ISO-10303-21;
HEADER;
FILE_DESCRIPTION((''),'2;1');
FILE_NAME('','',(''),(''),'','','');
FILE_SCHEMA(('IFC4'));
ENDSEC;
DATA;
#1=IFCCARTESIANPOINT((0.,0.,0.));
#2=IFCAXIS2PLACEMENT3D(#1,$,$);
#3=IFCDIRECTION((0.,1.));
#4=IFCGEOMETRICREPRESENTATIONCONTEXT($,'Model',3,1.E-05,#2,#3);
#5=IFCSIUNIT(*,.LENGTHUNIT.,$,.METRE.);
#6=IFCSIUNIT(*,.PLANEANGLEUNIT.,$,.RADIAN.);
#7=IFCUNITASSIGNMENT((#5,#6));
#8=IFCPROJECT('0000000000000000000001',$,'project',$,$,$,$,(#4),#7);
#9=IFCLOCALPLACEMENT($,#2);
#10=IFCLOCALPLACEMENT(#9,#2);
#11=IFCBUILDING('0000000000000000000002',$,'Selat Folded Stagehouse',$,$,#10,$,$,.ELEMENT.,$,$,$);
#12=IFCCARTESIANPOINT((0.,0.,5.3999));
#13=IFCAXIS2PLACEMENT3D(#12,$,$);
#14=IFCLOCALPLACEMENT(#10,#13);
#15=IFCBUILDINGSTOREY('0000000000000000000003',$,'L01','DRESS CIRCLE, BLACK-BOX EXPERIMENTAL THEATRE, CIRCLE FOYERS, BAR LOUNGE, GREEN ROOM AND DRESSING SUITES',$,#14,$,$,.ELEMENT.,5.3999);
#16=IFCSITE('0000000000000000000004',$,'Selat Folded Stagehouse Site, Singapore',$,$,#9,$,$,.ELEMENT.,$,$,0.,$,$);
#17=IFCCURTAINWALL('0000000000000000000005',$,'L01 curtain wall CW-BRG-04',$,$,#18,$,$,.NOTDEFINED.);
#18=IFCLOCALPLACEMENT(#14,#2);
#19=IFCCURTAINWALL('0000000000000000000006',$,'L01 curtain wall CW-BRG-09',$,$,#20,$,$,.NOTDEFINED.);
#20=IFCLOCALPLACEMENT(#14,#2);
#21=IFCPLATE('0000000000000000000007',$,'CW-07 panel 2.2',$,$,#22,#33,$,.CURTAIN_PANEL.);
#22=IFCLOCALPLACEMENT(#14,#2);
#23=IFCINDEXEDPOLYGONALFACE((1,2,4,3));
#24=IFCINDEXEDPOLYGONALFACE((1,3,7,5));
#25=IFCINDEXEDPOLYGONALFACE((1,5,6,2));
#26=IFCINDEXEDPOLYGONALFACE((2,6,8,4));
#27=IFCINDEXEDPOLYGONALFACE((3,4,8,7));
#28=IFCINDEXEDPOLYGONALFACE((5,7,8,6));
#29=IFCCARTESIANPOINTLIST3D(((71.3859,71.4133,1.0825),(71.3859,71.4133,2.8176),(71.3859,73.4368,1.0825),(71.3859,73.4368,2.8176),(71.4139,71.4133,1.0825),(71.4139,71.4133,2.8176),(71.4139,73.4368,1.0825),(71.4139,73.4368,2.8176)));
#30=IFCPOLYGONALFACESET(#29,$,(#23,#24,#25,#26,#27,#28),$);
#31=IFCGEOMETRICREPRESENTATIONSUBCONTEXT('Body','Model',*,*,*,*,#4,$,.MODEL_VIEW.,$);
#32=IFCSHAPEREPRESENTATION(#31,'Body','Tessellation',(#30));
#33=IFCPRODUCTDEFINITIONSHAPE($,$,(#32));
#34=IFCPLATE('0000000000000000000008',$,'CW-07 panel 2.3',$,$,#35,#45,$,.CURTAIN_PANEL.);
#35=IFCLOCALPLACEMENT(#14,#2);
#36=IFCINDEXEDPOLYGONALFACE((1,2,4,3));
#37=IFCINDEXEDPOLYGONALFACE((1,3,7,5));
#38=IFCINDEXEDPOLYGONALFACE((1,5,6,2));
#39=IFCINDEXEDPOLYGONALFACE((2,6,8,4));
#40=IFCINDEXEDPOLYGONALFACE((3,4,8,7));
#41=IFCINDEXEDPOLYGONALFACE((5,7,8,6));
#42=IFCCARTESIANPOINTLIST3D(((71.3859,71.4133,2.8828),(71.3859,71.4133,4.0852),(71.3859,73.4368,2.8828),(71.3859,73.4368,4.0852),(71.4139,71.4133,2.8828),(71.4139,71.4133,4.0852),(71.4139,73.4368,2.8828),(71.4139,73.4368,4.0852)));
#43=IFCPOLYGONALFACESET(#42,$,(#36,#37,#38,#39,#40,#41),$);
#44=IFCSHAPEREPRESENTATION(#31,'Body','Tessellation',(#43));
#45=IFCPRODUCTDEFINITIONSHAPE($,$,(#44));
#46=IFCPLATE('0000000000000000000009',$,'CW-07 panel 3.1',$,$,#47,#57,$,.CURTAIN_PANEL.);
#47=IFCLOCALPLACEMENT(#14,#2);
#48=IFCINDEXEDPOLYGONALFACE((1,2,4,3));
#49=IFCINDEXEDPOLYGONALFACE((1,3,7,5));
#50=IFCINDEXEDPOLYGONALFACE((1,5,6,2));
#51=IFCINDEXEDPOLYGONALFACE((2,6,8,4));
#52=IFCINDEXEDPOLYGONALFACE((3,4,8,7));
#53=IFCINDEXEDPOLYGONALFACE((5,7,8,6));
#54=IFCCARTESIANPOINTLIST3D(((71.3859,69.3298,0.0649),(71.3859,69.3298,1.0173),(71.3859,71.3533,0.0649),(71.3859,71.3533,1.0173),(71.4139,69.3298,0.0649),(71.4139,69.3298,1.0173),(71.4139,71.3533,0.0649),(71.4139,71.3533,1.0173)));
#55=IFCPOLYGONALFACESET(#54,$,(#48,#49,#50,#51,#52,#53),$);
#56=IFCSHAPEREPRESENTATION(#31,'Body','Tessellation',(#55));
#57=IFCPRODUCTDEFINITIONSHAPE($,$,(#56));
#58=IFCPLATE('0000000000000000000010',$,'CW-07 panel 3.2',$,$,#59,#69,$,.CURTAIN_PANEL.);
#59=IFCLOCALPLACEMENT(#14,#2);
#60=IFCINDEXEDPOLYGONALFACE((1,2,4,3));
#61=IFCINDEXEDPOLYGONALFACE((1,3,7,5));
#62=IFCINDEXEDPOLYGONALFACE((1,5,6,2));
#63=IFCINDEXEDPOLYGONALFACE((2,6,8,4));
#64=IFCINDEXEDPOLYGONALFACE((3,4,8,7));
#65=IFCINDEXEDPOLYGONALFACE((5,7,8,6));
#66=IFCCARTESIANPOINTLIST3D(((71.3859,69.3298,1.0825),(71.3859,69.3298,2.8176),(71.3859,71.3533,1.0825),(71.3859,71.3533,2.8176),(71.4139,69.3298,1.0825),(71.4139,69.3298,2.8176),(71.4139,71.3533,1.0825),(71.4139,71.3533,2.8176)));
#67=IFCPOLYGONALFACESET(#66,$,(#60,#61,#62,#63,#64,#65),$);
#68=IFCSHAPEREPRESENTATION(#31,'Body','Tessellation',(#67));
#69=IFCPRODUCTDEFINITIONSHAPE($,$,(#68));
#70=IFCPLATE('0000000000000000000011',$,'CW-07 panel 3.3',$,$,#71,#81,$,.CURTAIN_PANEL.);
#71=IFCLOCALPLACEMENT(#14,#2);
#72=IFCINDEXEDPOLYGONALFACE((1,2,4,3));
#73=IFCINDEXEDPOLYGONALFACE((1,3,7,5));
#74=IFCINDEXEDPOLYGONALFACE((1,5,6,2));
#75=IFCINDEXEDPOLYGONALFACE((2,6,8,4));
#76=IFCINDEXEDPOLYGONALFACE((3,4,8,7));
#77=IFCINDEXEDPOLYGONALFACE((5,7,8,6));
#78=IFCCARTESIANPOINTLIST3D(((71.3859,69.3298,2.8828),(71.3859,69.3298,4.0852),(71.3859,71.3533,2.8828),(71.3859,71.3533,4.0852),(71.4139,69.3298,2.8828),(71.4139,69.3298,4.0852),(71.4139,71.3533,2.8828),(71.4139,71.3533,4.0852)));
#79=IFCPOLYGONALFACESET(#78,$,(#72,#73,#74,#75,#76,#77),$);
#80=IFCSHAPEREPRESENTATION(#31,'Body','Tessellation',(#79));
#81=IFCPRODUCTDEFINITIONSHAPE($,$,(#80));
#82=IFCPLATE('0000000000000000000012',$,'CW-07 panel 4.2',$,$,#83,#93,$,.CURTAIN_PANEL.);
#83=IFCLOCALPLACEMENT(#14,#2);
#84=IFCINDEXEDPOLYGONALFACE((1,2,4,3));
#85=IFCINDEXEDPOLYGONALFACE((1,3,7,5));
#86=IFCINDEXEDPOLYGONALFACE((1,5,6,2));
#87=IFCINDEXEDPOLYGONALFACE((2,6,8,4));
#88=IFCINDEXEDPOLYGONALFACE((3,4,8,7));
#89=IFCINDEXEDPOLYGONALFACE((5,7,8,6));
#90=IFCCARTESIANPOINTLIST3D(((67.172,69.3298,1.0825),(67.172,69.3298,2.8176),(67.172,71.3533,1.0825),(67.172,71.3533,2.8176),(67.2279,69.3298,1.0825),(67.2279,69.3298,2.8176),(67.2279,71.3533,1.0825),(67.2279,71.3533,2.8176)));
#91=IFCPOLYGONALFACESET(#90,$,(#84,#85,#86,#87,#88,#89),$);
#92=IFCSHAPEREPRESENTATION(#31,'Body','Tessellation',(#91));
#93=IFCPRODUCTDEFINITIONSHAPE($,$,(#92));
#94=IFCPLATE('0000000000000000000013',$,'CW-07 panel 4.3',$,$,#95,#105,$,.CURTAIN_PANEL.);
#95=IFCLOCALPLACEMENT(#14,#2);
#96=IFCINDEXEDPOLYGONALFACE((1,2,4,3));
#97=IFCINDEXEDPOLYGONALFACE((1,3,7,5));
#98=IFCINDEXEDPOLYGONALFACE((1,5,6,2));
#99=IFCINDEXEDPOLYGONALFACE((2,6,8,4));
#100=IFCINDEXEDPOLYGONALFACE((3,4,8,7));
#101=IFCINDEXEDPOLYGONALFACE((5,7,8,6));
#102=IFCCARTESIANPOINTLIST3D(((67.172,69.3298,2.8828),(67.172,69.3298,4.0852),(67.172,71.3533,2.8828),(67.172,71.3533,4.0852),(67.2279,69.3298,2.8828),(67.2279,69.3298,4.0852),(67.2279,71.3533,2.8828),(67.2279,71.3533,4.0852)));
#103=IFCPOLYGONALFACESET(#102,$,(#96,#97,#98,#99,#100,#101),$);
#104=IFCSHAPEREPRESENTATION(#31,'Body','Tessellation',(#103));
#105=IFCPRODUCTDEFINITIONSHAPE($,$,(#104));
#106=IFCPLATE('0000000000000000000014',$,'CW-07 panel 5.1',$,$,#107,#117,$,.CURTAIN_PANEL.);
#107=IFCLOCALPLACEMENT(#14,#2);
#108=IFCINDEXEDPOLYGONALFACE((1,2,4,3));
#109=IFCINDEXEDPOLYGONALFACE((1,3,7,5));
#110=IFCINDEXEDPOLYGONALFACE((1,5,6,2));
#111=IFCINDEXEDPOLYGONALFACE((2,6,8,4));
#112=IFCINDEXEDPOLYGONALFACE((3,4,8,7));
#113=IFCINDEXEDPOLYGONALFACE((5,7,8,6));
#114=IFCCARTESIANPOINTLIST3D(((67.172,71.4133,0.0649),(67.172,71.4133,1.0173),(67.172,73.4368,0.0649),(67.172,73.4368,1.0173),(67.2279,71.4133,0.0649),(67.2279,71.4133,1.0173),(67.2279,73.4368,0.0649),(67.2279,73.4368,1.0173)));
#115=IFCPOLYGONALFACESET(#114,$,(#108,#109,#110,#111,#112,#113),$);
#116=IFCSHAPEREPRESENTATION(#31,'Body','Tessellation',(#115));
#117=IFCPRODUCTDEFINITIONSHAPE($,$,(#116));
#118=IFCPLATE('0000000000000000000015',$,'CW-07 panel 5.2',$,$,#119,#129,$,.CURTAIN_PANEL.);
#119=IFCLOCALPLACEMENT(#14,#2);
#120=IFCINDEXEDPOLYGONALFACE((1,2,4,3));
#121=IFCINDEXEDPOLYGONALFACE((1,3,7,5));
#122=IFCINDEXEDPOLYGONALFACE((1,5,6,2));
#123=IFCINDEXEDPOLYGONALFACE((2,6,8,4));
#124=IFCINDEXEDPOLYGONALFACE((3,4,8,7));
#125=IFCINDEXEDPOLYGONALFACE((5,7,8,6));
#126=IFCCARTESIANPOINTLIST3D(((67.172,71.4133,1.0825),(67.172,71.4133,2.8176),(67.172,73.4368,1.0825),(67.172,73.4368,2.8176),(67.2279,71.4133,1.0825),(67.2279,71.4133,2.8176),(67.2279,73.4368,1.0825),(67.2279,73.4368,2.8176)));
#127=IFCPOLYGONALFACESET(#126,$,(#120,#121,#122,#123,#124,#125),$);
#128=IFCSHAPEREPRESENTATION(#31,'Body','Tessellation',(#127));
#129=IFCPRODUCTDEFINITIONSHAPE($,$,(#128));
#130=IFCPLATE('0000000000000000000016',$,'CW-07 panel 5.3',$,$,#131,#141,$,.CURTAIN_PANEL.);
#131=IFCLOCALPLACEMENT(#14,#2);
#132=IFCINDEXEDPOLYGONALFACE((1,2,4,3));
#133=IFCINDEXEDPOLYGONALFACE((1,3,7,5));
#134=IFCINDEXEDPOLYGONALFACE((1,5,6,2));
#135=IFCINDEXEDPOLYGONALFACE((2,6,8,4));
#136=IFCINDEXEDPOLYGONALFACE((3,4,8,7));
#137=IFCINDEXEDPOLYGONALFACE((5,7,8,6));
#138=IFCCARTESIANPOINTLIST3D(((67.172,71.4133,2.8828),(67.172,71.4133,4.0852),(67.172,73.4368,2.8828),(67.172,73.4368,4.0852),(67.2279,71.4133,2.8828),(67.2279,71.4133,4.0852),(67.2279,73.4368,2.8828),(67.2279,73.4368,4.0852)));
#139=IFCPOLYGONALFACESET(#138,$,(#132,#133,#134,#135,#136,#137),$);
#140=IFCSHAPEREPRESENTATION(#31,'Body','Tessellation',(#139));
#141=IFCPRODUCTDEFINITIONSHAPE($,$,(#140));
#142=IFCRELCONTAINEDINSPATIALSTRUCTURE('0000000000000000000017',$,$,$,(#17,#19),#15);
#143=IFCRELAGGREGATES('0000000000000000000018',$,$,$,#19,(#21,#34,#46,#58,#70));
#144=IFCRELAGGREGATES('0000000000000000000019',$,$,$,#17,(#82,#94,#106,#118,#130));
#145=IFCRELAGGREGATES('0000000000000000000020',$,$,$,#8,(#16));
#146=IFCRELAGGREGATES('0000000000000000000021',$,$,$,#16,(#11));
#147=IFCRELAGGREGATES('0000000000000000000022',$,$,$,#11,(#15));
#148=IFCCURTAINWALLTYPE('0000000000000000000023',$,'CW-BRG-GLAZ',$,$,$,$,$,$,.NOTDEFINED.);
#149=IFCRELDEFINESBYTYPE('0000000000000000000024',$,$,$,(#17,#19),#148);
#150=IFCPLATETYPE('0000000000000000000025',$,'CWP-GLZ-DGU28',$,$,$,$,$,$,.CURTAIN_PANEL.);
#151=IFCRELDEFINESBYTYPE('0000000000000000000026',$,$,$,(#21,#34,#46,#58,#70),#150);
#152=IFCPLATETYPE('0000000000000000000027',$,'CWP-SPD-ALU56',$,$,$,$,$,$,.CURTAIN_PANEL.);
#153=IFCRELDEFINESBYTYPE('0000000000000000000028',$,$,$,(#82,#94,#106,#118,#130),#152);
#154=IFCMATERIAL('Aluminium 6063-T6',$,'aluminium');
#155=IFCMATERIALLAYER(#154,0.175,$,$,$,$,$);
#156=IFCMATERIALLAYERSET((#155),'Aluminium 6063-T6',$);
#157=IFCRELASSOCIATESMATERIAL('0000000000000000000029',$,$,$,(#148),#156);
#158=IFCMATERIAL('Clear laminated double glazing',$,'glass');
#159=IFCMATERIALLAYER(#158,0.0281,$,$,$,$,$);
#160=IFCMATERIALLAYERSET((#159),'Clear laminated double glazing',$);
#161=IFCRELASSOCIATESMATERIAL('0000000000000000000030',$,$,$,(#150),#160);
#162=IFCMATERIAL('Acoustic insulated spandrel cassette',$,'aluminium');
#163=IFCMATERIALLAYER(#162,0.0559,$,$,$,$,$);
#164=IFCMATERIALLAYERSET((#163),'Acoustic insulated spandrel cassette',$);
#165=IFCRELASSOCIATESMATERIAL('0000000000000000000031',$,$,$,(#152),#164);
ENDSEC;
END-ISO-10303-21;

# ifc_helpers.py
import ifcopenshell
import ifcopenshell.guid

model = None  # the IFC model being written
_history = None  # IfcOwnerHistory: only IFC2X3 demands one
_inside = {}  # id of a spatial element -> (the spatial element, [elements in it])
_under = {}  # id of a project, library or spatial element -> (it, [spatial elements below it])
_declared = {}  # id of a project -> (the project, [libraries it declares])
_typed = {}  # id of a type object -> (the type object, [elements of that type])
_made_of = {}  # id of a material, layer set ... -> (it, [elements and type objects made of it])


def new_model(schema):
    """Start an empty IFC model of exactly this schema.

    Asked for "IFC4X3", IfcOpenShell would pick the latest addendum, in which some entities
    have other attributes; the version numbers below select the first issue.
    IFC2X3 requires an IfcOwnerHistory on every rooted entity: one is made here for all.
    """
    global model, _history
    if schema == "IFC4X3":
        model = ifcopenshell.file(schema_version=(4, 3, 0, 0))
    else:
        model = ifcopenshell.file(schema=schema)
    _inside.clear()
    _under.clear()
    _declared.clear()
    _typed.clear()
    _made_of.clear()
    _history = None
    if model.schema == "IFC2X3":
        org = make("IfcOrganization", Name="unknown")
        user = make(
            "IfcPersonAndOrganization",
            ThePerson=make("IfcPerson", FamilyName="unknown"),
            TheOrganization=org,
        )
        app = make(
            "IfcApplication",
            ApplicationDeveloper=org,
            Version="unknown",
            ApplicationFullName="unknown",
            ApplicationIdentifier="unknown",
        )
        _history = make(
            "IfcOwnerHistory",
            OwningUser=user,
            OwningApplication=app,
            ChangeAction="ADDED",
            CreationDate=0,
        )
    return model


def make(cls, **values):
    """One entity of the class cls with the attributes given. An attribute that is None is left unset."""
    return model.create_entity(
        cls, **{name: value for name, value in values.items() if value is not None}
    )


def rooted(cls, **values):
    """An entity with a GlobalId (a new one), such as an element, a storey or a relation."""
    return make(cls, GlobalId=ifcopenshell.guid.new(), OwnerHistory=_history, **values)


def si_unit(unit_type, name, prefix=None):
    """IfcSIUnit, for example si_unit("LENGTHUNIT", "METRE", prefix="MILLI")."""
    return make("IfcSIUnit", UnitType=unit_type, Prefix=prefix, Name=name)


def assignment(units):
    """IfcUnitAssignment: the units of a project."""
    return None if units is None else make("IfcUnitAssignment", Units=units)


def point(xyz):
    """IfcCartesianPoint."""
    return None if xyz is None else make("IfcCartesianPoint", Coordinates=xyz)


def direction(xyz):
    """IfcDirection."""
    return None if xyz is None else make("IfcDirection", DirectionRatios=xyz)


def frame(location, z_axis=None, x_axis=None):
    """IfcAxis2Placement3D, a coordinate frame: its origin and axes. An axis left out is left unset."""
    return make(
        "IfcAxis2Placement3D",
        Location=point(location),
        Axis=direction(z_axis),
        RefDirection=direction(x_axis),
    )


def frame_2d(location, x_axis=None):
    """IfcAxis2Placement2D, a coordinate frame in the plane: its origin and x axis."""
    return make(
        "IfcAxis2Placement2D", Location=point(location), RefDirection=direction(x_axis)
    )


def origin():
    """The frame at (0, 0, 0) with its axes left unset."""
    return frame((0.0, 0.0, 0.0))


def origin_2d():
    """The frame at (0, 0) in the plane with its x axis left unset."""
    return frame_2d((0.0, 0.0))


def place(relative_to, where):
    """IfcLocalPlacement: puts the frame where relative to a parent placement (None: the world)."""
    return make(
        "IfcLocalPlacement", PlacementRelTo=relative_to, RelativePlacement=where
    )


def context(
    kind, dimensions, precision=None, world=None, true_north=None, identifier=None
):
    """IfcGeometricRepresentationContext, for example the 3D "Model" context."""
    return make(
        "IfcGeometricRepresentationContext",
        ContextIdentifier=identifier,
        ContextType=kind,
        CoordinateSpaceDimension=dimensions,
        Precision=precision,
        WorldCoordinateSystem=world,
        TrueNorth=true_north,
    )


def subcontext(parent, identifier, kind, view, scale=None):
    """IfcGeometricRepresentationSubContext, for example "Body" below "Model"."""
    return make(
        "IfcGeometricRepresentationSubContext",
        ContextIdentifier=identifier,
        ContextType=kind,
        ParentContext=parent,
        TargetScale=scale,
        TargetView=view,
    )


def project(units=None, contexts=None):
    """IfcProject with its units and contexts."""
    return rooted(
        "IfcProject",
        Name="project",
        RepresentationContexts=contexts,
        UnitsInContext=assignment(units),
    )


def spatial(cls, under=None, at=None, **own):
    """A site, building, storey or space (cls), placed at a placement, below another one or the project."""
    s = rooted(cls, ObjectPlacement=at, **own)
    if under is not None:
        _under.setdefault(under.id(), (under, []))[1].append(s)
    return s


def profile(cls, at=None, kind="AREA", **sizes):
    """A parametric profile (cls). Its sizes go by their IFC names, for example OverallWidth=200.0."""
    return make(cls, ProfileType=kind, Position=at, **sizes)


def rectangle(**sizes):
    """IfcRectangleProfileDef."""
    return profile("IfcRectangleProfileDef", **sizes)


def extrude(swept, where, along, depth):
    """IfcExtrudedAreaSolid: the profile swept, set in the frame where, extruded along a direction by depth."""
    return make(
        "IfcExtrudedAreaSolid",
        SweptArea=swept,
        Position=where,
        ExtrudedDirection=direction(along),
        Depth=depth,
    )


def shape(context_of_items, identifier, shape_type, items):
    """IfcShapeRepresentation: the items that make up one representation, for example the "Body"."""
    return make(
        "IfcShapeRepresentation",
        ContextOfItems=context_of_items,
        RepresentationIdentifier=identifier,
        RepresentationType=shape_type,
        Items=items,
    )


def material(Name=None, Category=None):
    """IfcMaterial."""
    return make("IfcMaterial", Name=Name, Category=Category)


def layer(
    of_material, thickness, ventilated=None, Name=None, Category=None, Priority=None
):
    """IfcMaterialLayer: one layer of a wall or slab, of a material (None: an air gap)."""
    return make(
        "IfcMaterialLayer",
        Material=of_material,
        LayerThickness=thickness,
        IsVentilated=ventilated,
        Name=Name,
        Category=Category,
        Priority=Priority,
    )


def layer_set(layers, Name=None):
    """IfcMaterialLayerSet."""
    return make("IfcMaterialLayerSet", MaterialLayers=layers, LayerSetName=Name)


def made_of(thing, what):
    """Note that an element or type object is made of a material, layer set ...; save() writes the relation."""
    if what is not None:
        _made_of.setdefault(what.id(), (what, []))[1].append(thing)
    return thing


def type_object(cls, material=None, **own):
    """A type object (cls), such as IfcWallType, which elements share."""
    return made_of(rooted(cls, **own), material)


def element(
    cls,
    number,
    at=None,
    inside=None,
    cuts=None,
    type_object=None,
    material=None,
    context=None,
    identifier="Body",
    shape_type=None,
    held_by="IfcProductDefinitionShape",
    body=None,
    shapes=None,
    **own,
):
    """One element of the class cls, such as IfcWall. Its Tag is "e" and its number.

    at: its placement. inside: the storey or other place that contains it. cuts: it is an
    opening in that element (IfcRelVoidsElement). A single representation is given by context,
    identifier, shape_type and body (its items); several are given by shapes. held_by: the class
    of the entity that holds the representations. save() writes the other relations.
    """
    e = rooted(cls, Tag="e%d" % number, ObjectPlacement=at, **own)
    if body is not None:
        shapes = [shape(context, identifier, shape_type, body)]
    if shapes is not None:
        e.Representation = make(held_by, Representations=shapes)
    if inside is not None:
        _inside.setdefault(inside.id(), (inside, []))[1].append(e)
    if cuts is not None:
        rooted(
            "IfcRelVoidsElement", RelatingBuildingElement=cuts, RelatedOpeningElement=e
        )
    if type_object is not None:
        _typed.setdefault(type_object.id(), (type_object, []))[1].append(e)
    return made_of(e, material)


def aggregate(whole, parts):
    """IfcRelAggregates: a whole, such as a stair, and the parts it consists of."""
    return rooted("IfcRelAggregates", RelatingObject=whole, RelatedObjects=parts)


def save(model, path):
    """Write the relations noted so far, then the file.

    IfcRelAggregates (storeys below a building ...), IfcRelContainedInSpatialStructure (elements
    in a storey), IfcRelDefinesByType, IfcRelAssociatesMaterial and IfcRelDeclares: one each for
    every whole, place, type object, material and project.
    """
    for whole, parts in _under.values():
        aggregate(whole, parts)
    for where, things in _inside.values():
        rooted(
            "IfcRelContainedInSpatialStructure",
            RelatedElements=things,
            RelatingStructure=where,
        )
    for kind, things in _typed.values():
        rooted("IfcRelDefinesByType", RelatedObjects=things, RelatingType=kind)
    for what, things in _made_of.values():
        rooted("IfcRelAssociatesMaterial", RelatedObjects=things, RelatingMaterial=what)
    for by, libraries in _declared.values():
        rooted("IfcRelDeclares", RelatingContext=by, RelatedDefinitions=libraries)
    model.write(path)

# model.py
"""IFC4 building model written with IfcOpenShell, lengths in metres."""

from ifc_helpers import new_model, si_unit, direction, frame, origin, origin_2d, place, context, subcontext, project, spatial, rectangle, extrude, material, layer, layer_set, type_object, element, aggregate, save


model = new_model("IFC4")

# Units and contexts
model_context = context("Model", 3, precision=1e-05, world=origin(), true_north=direction((0.0, 1.0)))
body_context = subcontext(model_context, "Body", "Model", "MODEL_VIEW")
ifc_project = project(units=[si_unit("LENGTHUNIT", "METRE"), si_unit("PLANEANGLEUNIT", "RADIAN")], contexts=[model_context])

# Site, building, storey
site_placement = place(None, origin())
site = spatial("IfcSite", under=ifc_project, at=site_placement, Name="Selat Folded Stagehouse Site, Singapore", CompositionType="ELEMENT", RefElevation=0.0)
building_placement = place(site_placement, origin())
building = spatial("IfcBuilding", under=site, at=building_placement, Name="Selat Folded Stagehouse", CompositionType="ELEMENT")
storey_placement = place(building_placement, frame((0.0, 0.0, 5.3999)))
storey = spatial("IfcBuildingStorey", under=building, at=storey_placement, Name="L01", Description="DRESS CIRCLE, BLACK-BOX EXPERIMENTAL THEATRE, CIRCLE FOYERS, BAR LOUNGE, GREEN ROOM AND DRESSING SUITES", CompositionType="ELEMENT", Elevation=5.3999)

# Curtain walls
ifc_material_1 = material(Name="Aluminium 6063-T6", Category="aluminium")
ifc_layer_1 = layer(ifc_material_1, 0.175)
ifc_layer_set_1 = layer_set([ifc_layer_1], Name="Aluminium 6063-T6")
curtain_wall_type = type_object("IfcCurtainWallType", Name="CW-BRG-GLAZ", PredefinedType="NOTDEFINED", material=ifc_layer_set_1)
curtain_wall_1_placement = place(storey_placement, origin())
curtain_wall_1 = element("IfcCurtainWall", 1, at=curtain_wall_1_placement, inside=storey, type_object=curtain_wall_type, Name="L01 curtain wall CW-BRG-04", PredefinedType="NOTDEFINED")
curtain_wall_2_placement = place(storey_placement, origin())
curtain_wall_2 = element("IfcCurtainWall", 2, at=curtain_wall_2_placement, inside=storey, type_object=curtain_wall_type, Name="L01 curtain wall CW-BRG-09", PredefinedType="NOTDEFINED")

# Plates
ifc_material_2 = material(Name="Clear laminated double glazing", Category="glass")
ifc_layer_2 = layer(ifc_material_2, 0.0281)
ifc_layer_set_2 = layer_set([ifc_layer_2], Name="Clear laminated double glazing")
plate_type_1 = type_object("IfcPlateType", Name="CWP-GLZ-DGU28", PredefinedType="CURTAIN_PANEL", material=ifc_layer_set_2)
plate_1_placement = place(storey_placement, frame((71.3999, 72.425, 1.0825), z_axis=(0.0, 0.0, 1.0), x_axis=(0.0, -1.0, 0.0)))
plate_1 = element("IfcPlate", 3, at=plate_1_placement, type_object=plate_type_1, Name="CW-07 panel 2.2", PredefinedType="CURTAIN_PANEL", context=body_context, shape_type="SweptSolid", body=[
    extrude(rectangle(XDim=2.0234, YDim=0.0281, at=origin_2d()), origin(), (0.0, 0.0, 1.0), 1.7351),
])
plate_2_placement = place(storey_placement, frame((71.3999, 72.425, 2.8828), z_axis=(0.0, 0.0, 1.0), x_axis=(0.0, -1.0, 0.0)))
plate_2 = element("IfcPlate", 4, at=plate_2_placement, type_object=plate_type_1, Name="CW-07 panel 2.3", PredefinedType="CURTAIN_PANEL", context=body_context, shape_type="SweptSolid", body=[
    extrude(rectangle(XDim=2.0234, YDim=0.0281, at=origin_2d()), origin(), (0.0, 0.0, 1.0), 1.2024),
])
plate_3_placement = place(storey_placement, frame((71.3999, 70.3416, 0.0649), z_axis=(0.0, 0.0, 1.0), x_axis=(0.0, -1.0, 0.0)))
plate_3 = element("IfcPlate", 5, at=plate_3_placement, type_object=plate_type_1, Name="CW-07 panel 3.1", PredefinedType="CURTAIN_PANEL", context=body_context, shape_type="SweptSolid", body=[
    extrude(rectangle(XDim=2.0234, YDim=0.0281, at=origin_2d()), origin(), (0.0, 0.0, 1.0), 0.9524),
])
plate_4_placement = place(storey_placement, frame((71.3999, 70.3416, 1.0825), z_axis=(0.0, 0.0, 1.0), x_axis=(0.0, -1.0, 0.0)))
plate_4 = element("IfcPlate", 6, at=plate_4_placement, type_object=plate_type_1, Name="CW-07 panel 3.2", PredefinedType="CURTAIN_PANEL", context=body_context, shape_type="SweptSolid", body=[
    extrude(rectangle(XDim=2.0234, YDim=0.0281, at=origin_2d()), origin(), (0.0, 0.0, 1.0), 1.7351),
])
plate_5_placement = place(storey_placement, frame((71.3999, 70.3416, 2.8828), z_axis=(0.0, 0.0, 1.0), x_axis=(0.0, -1.0, 0.0)))
plate_5 = element("IfcPlate", 7, at=plate_5_placement, type_object=plate_type_1, Name="CW-07 panel 3.3", PredefinedType="CURTAIN_PANEL", context=body_context, shape_type="SweptSolid", body=[
    extrude(rectangle(XDim=2.0234, YDim=0.0281, at=origin_2d()), origin(), (0.0, 0.0, 1.0), 1.2024),
])
aggregate(curtain_wall_2, [plate_1, plate_2, plate_3, plate_4, plate_5])
ifc_material_3 = material(Name="Acoustic insulated spandrel cassette", Category="aluminium")
ifc_layer_3 = layer(ifc_material_3, 0.0559)
ifc_layer_set_3 = layer_set([ifc_layer_3], Name="Acoustic insulated spandrel cassette")
plate_type_2 = type_object("IfcPlateType", Name="CWP-SPD-ALU56", PredefinedType="CURTAIN_PANEL", material=ifc_layer_set_3)
plate_6_placement = place(storey_placement, frame((67.2, 70.3416, 1.0825), z_axis=(0.0, 0.0, 1.0), x_axis=(0.0, 1.0, 0.0)))
plate_6 = element("IfcPlate", 8, at=plate_6_placement, type_object=plate_type_2, Name="CW-07 panel 4.2", PredefinedType="CURTAIN_PANEL", context=body_context, shape_type="SweptSolid", body=[
    extrude(rectangle(XDim=2.0234, YDim=0.0559, at=origin_2d()), origin(), (0.0, 0.0, 1.0), 1.7351),
])
plate_7_placement = place(storey_placement, frame((67.2, 70.3416, 2.8828), z_axis=(0.0, 0.0, 1.0), x_axis=(0.0, 1.0, 0.0)))
plate_7 = element("IfcPlate", 9, at=plate_7_placement, type_object=plate_type_2, Name="CW-07 panel 4.3", PredefinedType="CURTAIN_PANEL", context=body_context, shape_type="SweptSolid", body=[
    extrude(rectangle(XDim=2.0234, YDim=0.0559, at=origin_2d()), origin(), (0.0, 0.0, 1.0), 1.2024),
])
plate_8_placement = place(storey_placement, frame((67.2, 72.425, 0.0649), z_axis=(0.0, 0.0, 1.0), x_axis=(0.0, 1.0, 0.0)))
plate_8 = element("IfcPlate", 10, at=plate_8_placement, type_object=plate_type_2, Name="CW-07 panel 5.1", PredefinedType="CURTAIN_PANEL", context=body_context, shape_type="SweptSolid", body=[
    extrude(rectangle(XDim=2.0234, YDim=0.0559, at=origin_2d()), origin(), (0.0, 0.0, 1.0), 0.9524),
])
plate_9_placement = place(storey_placement, frame((67.2, 72.425, 1.0825), z_axis=(0.0, 0.0, 1.0), x_axis=(0.0, 1.0, 0.0)))
plate_9 = element("IfcPlate", 11, at=plate_9_placement, type_object=plate_type_2, Name="CW-07 panel 5.2", PredefinedType="CURTAIN_PANEL", context=body_context, shape_type="SweptSolid", body=[
    extrude(rectangle(XDim=2.0234, YDim=0.0559, at=origin_2d()), origin(), (0.0, 0.0, 1.0), 1.7351),
])
plate_10_placement = place(storey_placement, frame((67.2, 72.425, 2.8828), z_axis=(0.0, 0.0, 1.0), x_axis=(0.0, 1.0, 0.0)))
plate_10 = element("IfcPlate", 12, at=plate_10_placement, type_object=plate_type_2, Name="CW-07 panel 5.3", PredefinedType="CURTAIN_PANEL", context=body_context, shape_type="SweptSolid", body=[
    extrude(rectangle(XDim=2.0234, YDim=0.0559, at=origin_2d()), origin(), (0.0, 0.0, 1.0), 1.2024),
])
aggregate(curtain_wall_1, [plate_6, plate_7, plate_8, plate_9, plate_10])

save(model, "model.ifc")
